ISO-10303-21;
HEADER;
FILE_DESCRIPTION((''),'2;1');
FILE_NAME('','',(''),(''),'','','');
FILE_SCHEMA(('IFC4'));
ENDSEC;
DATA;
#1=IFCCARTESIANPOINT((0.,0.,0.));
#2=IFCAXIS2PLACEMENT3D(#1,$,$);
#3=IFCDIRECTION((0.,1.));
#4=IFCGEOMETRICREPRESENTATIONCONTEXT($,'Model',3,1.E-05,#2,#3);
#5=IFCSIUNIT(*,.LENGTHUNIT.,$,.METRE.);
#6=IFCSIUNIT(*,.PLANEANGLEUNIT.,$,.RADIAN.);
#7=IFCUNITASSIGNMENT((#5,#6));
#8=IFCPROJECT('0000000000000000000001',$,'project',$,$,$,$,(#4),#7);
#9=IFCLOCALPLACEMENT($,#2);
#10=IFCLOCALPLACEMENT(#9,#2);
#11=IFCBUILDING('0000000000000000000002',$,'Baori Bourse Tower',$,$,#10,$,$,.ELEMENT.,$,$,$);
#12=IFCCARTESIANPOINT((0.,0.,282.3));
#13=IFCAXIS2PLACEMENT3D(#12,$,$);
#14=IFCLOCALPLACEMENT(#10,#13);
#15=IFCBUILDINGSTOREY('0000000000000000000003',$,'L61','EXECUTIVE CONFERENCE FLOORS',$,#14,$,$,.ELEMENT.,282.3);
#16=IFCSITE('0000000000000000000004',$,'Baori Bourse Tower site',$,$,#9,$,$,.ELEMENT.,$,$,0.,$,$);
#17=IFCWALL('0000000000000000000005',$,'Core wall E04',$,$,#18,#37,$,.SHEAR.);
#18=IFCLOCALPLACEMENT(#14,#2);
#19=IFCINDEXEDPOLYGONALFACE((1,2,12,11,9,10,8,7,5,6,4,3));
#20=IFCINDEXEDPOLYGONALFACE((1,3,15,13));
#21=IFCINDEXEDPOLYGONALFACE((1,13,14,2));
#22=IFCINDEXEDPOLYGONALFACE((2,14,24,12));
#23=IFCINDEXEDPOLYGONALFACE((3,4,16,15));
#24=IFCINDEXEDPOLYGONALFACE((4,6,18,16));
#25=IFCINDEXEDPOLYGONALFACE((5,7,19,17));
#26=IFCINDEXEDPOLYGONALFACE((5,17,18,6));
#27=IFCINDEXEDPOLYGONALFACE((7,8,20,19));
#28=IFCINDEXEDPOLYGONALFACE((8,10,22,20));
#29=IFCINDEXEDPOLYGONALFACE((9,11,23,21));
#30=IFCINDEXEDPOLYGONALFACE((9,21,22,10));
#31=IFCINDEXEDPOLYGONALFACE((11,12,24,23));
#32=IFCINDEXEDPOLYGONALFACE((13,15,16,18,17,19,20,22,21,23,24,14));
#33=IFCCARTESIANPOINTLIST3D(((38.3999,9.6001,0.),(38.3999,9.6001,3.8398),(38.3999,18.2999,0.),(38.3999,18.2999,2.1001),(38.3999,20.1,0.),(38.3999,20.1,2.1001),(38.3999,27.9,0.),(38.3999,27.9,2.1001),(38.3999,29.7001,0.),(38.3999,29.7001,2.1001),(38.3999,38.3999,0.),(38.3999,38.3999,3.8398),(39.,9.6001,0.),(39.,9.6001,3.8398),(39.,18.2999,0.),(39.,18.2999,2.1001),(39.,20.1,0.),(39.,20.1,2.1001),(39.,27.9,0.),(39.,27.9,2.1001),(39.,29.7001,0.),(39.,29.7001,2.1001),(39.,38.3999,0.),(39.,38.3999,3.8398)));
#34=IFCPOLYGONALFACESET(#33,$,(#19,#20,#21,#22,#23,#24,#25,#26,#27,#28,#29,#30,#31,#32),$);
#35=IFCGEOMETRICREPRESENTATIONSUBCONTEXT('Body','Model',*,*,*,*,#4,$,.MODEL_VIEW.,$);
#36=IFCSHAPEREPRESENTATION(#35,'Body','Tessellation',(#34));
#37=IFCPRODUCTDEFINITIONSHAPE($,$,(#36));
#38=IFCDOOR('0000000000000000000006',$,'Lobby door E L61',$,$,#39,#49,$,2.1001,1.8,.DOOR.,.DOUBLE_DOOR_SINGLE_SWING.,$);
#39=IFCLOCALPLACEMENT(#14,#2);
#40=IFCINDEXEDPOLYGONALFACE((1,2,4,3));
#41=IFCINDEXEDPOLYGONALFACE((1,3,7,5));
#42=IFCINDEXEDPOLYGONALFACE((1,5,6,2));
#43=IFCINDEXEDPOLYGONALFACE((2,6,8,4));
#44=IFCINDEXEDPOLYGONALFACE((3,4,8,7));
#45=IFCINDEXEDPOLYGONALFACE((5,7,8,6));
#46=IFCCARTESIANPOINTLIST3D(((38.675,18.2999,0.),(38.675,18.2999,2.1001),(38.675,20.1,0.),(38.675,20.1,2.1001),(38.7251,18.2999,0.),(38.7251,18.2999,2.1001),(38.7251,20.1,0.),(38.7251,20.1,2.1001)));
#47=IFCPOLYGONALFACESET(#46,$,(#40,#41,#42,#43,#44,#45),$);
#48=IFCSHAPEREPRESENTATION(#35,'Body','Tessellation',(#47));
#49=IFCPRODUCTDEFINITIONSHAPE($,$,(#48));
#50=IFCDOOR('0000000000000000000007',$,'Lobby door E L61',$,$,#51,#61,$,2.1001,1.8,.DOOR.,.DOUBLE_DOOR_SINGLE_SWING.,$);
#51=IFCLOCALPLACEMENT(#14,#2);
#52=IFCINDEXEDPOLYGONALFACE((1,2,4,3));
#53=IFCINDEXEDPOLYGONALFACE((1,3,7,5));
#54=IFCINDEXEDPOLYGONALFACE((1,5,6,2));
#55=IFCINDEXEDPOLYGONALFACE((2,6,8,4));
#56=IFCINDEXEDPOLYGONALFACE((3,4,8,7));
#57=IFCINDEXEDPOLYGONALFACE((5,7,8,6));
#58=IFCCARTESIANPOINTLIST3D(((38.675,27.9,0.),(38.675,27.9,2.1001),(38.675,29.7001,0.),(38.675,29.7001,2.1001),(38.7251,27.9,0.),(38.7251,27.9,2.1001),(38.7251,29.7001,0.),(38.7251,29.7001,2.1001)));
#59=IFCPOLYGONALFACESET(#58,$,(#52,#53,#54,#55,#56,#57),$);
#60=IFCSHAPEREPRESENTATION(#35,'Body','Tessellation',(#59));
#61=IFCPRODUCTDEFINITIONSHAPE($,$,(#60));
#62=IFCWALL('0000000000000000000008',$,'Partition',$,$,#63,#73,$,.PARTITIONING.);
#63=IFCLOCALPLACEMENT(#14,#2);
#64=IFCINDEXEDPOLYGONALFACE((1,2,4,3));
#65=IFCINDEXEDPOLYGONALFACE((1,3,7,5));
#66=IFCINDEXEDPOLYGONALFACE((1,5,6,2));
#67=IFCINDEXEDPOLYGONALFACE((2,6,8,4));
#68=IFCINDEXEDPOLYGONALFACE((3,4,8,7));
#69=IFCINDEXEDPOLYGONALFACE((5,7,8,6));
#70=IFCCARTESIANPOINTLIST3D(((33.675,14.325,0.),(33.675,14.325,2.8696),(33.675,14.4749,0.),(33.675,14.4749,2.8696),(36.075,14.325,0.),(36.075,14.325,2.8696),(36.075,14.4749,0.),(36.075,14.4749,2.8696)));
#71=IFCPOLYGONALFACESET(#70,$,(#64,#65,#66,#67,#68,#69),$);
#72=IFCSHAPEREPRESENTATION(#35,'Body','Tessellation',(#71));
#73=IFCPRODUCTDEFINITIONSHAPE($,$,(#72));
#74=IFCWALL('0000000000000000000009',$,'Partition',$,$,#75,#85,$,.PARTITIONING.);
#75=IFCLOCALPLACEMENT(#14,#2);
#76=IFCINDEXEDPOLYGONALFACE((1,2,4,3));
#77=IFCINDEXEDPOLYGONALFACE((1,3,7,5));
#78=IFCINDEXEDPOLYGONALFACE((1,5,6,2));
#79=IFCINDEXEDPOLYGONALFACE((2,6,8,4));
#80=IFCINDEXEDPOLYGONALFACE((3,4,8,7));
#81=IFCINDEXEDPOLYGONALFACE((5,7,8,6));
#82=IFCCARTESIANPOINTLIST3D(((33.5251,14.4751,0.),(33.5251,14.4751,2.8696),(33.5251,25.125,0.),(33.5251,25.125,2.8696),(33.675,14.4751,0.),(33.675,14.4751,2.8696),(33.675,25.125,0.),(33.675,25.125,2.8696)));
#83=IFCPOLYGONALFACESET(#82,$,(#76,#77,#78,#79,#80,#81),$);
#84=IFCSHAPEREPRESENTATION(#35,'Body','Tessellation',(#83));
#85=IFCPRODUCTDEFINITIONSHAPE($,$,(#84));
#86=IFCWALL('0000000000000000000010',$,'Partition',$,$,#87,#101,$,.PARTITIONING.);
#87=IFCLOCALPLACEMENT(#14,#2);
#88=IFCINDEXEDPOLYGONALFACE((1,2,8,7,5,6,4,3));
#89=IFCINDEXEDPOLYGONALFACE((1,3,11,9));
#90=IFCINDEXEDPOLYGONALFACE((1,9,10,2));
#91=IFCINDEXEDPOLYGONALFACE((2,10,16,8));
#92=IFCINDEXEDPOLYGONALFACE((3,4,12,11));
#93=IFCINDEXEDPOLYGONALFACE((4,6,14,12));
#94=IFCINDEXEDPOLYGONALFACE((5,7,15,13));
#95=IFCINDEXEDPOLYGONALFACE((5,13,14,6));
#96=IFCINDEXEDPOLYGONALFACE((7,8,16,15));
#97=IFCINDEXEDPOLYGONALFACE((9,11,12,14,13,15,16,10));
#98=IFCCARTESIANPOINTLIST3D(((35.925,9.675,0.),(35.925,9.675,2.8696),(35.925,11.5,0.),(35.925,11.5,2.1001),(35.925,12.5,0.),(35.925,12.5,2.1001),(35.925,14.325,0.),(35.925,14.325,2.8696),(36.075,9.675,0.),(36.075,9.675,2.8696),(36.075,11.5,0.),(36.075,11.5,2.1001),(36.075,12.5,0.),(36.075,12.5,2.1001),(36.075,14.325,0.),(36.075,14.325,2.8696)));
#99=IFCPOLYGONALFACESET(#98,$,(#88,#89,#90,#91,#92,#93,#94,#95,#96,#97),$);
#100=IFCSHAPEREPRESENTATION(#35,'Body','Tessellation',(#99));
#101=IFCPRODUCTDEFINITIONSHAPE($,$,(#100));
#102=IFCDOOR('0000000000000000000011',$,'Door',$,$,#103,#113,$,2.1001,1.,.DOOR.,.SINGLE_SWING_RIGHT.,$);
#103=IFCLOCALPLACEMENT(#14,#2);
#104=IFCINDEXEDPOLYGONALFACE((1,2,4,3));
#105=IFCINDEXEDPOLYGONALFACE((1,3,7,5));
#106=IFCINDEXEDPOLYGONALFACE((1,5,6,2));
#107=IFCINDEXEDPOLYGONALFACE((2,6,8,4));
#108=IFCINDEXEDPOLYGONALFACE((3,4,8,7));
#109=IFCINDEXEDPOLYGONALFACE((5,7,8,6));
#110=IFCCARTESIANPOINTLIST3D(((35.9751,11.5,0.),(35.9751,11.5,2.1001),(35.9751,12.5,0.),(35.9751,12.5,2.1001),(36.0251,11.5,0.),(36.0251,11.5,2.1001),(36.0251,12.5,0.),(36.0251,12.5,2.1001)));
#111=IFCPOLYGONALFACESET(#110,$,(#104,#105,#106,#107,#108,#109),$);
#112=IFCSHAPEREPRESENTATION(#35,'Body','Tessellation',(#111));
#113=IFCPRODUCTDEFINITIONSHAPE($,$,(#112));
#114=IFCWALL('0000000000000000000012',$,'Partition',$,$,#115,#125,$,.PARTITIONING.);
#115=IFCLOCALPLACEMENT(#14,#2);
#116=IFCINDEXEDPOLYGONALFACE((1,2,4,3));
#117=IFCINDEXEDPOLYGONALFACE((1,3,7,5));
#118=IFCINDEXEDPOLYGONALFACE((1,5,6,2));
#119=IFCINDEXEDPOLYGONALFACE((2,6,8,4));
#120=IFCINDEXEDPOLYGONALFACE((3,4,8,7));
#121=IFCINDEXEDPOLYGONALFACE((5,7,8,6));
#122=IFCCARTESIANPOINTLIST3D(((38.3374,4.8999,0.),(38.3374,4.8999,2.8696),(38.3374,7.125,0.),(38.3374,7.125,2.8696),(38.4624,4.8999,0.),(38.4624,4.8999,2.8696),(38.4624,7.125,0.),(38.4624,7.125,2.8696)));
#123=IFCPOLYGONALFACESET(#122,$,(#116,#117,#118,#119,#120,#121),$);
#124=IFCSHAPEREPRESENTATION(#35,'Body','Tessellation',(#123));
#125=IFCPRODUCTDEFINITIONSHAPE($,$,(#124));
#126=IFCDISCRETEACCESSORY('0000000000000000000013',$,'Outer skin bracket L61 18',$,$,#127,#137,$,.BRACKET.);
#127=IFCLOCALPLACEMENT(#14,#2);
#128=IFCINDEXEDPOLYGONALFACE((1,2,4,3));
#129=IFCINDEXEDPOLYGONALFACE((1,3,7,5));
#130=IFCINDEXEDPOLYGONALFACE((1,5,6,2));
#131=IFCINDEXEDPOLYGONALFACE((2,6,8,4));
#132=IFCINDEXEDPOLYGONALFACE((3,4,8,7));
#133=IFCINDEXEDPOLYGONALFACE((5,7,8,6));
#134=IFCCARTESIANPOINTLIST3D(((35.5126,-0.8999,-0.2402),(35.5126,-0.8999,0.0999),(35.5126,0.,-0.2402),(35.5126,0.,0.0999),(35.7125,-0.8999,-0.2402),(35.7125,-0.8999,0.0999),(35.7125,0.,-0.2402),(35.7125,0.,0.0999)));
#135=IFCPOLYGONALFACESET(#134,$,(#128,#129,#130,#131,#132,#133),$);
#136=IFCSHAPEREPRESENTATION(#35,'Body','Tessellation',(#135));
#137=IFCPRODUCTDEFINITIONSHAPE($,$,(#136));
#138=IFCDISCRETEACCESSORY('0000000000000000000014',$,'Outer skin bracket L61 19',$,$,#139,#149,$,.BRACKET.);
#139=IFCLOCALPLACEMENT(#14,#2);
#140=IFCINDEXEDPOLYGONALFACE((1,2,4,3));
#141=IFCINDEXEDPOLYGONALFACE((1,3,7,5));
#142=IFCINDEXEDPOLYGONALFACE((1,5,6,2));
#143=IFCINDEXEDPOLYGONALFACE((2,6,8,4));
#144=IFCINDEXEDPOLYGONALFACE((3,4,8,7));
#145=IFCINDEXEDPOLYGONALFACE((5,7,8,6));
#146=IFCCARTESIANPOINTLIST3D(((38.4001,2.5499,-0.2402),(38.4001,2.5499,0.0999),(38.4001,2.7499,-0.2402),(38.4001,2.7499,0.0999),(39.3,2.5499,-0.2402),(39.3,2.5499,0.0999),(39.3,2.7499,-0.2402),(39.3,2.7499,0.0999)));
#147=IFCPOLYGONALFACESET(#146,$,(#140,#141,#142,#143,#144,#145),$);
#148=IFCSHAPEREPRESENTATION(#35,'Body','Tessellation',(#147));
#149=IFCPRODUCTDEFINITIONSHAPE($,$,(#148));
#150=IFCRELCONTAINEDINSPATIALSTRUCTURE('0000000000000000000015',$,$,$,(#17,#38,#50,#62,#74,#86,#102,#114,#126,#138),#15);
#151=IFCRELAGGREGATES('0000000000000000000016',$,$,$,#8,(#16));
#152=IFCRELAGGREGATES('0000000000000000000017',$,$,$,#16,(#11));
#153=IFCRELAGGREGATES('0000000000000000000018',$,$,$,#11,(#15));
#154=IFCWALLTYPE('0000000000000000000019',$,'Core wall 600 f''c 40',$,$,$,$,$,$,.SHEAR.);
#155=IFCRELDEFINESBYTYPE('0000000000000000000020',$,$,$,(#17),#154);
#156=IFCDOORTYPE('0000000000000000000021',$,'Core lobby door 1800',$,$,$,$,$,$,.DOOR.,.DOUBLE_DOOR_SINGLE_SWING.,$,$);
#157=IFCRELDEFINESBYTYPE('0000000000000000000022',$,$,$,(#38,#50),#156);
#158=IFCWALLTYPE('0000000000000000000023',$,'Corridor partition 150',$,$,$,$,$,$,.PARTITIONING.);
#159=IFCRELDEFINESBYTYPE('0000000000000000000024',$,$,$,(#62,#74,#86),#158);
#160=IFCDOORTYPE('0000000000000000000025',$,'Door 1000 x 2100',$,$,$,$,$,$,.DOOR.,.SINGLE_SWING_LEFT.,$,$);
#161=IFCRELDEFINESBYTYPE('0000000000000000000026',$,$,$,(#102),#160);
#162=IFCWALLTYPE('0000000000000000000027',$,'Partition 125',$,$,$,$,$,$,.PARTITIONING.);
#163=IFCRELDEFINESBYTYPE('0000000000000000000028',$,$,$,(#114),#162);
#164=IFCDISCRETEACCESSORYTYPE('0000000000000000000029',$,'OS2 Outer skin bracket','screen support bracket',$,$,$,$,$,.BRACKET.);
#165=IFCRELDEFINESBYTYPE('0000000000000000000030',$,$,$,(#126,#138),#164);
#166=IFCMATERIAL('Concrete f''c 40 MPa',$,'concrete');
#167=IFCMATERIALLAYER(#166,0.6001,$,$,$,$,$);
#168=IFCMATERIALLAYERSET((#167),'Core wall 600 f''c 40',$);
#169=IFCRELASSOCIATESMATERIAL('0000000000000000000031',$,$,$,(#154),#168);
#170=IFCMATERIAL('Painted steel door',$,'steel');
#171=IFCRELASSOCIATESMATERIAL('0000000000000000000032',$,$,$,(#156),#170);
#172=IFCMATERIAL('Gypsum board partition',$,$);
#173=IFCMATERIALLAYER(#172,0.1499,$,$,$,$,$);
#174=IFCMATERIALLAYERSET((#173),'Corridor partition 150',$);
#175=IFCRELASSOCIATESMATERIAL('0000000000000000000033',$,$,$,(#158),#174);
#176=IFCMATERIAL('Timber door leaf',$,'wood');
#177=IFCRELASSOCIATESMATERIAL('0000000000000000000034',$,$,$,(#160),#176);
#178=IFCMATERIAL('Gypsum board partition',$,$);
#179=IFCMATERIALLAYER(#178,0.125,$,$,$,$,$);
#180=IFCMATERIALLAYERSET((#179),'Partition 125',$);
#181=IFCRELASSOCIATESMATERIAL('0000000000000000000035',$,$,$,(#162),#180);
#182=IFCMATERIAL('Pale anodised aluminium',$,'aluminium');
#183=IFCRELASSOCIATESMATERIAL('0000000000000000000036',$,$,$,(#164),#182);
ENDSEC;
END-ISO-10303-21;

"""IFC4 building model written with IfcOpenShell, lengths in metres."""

from ifc_helpers import new_model, si_unit, direction, frame, frame_2d, origin, origin_2d, place, context, subcontext, project, spatial, rectangle, extrude, material, layer, layer_set, type_object, element, fill, save


model = new_model("IFC4")

# Units and contexts
model_context = context("Model", 3, precision=1e-05, world=origin(), true_north=direction((0.0, 1.0)))
body_context = subcontext(model_context, "Body", "Model", "MODEL_VIEW")
ifc_project = project(units=[si_unit("LENGTHUNIT", "METRE"), si_unit("PLANEANGLEUNIT", "RADIAN")], contexts=[model_context])

# Site, building, storey
site_placement = place(None, origin())
site = spatial("IfcSite", under=ifc_project, at=site_placement, Name="Baori Bourse Tower site", CompositionType="ELEMENT", RefElevation=0.0)
building_placement = place(site_placement, origin())
building = spatial("IfcBuilding", under=site, at=building_placement, Name="Baori Bourse Tower", CompositionType="ELEMENT")
storey_placement = place(building_placement, frame((0.0, 0.0, 282.3)))
storey = spatial("IfcBuildingStorey", under=building, at=storey_placement, Name="L61", Description="EXECUTIVE CONFERENCE FLOORS", CompositionType="ELEMENT", Elevation=282.3)

# Wall, openings, doors
ifc_material_1 = material(Name="Concrete f'c 40 MPa", Category="concrete")
ifc_layer_1 = layer(ifc_material_1, 0.6001)
ifc_layer_set_1 = layer_set([ifc_layer_1], Name="Core wall 600 f'c 40")
wall_type_1 = type_object("IfcWallType", Name="Core wall 600 f'c 40", PredefinedType="SHEAR", material=ifc_layer_set_1)
wall_1_placement = place(storey_placement, frame((38.7, 9.6001, 0.0), z_axis=(0.0, 0.0, 1.0), x_axis=(0.0, 1.0, 0.0)))
wall_1 = element("IfcWall", 1, at=wall_1_placement, inside=storey, type_object=wall_type_1, Name="Core wall E04", PredefinedType="SHEAR", context=body_context, shape_type="SweptSolid", body=[
    extrude(rectangle(XDim=28.7998, YDim=0.6001, at=frame_2d((14.3999, 0.0))), origin(), (0.0, 0.0, 1.0), 3.8398),
])
opening_1_placement = place(wall_1_placement, frame((8.7, 0.0, 0.0)))
opening_1 = element("IfcOpeningElement", 2, at=opening_1_placement, cuts=wall_1, PredefinedType="OPENING", context=body_context, shape_type="SweptSolid", body=[
    extrude(rectangle(XDim=1.8, YDim=2.1001, at=frame_2d((0.8999, 1.05))), frame((0.0, 0.3101, 0.0), z_axis=(0.0, -1.0, 0.0), x_axis=(1.0, 0.0, 0.0)), (0.0, 0.0, 1.0), 0.6201),
])
opening_2_placement = place(wall_1_placement, frame((18.3, 0.0, 0.0)))
opening_2 = element("IfcOpeningElement", 3, at=opening_2_placement, cuts=wall_1, PredefinedType="OPENING", context=body_context, shape_type="SweptSolid", body=[
    extrude(rectangle(XDim=1.8, YDim=2.1001, at=frame_2d((0.8999, 1.05))), frame((0.0, 0.3101, 0.0), z_axis=(0.0, -1.0, 0.0), x_axis=(1.0, 0.0, 0.0)), (0.0, 0.0, 1.0), 0.6201),
])
ifc_material_2 = material(Name="Painted steel door", Category="steel")
door_type_1 = type_object("IfcDoorType", Name="Core lobby door 1800", OperationType="DOUBLE_DOOR_SINGLE_SWING", PredefinedType="DOOR", material=ifc_material_2)
door_1_placement = place(opening_1_placement, origin())
door_1 = element("IfcDoor", 4, at=door_1_placement, inside=storey, type_object=door_type_1, Name="Lobby door E L61", OperationType="DOUBLE_DOOR_SINGLE_SWING", OverallHeight=2.1001, OverallWidth=1.8, PredefinedType="DOOR", context=body_context, shape_type="SweptSolid", body=[
    extrude(rectangle(XDim=1.8, YDim=2.1001, at=frame_2d((0.8999, 1.05))), frame((0.0, 0.0249, 0.0), z_axis=(0.0, -1.0, 0.0), x_axis=(1.0, 0.0, 0.0)), (0.0, 0.0, 1.0), 0.05),
])
fill(opening_1, door_1)
door_2_placement = place(opening_2_placement, origin())
door_2 = element("IfcDoor", 5, at=door_2_placement, inside=storey, type_object=door_type_1, Name="Lobby door E L61", OperationType="DOUBLE_DOOR_SINGLE_SWING", OverallHeight=2.1001, OverallWidth=1.8, PredefinedType="DOOR", context=body_context, shape_type="SweptSolid", body=[
    extrude(rectangle(XDim=1.8, YDim=2.1001, at=frame_2d((0.8999, 1.05))), frame((0.0, 0.0249, 0.0), z_axis=(0.0, -1.0, 0.0), x_axis=(1.0, 0.0, 0.0)), (0.0, 0.0, 1.0), 0.05),
])
fill(opening_2, door_2)

# Walls
ifc_material_3 = material(Name="Gypsum board partition")
ifc_layer_2 = layer(ifc_material_3, 0.1499)
ifc_layer_set_2 = layer_set([ifc_layer_2], Name="Corridor partition 150")
wall_type_2 = type_object("IfcWallType", Name="Corridor partition 150", PredefinedType="PARTITIONING", material=ifc_layer_set_2)
wall_2_placement = place(storey_placement, frame((33.675, 14.3999, 0.0), z_axis=(0.0, 0.0, 1.0), x_axis=(1.0, 0.0, 0.0)))
element("IfcWall", 6, at=wall_2_placement, inside=storey, type_object=wall_type_2, Name="Partition", PredefinedType="PARTITIONING", context=body_context, shape_type="SweptSolid", body=[
    extrude(rectangle(XDim=2.3999, YDim=0.1499, at=frame_2d((1.2, 0.0))), origin(), (0.0, 0.0, 1.0), 2.8696),
])
wall_3_placement = place(storey_placement, frame((33.6001, 14.4751, 0.0), z_axis=(0.0, 0.0, 1.0), x_axis=(0.0, 1.0, 0.0)))
element("IfcWall", 7, at=wall_3_placement, inside=storey, type_object=wall_type_2, Name="Partition", PredefinedType="PARTITIONING", context=body_context, shape_type="SweptSolid", body=[
    extrude(rectangle(XDim=10.6499, YDim=0.1499, at=frame_2d((5.325, 0.0))), origin(), (0.0, 0.0, 1.0), 2.8696),
])

# Wall, opening, door
wall_4_placement = place(storey_placement, frame((36.0, 9.675, 0.0), z_axis=(0.0, 0.0, 1.0), x_axis=(0.0, 1.0, 0.0)))
wall_4 = element("IfcWall", 8, at=wall_4_placement, inside=storey, type_object=wall_type_2, Name="Partition", PredefinedType="PARTITIONING", context=body_context, shape_type="SweptSolid", body=[
    extrude(rectangle(XDim=4.6499, YDim=0.1499, at=frame_2d((2.325, 0.0))), origin(), (0.0, 0.0, 1.0), 2.8696),
])
opening_3_placement = place(wall_4_placement, frame((1.825, 0.0, 0.0)))
opening_3 = element("IfcOpeningElement", 9, at=opening_3_placement, cuts=wall_4, PredefinedType="OPENING", context=body_context, shape_type="SweptSolid", body=[
    extrude(rectangle(XDim=1.0, YDim=2.1001, at=frame_2d((0.5, 1.05))), frame((0.0, 0.085, 0.0), z_axis=(0.0, -1.0, 0.0), x_axis=(1.0, 0.0, 0.0)), (0.0, 0.0, 1.0), 0.1699),
])
ifc_material_4 = material(Name="Timber door leaf", Category="wood")
door_type_2 = type_object("IfcDoorType", Name="Door 1000 x 2100", OperationType="SINGLE_SWING_LEFT", PredefinedType="DOOR", material=ifc_material_4)
door_3_placement = place(opening_3_placement, origin())
door_3 = element("IfcDoor", 10, at=door_3_placement, inside=storey, type_object=door_type_2, Name="Door", OperationType="SINGLE_SWING_RIGHT", OverallHeight=2.1001, OverallWidth=1.0, PredefinedType="DOOR", context=body_context, shape_type="SweptSolid", body=[
    extrude(rectangle(XDim=1.0, YDim=2.1001, at=frame_2d((0.5, 1.05))), frame((0.0, 0.0249, 0.0), z_axis=(0.0, -1.0, 0.0), x_axis=(1.0, 0.0, 0.0)), (0.0, 0.0, 1.0), 0.05),
])
fill(opening_3, door_3)

# Wall
ifc_material_5 = material(Name="Gypsum board partition")
ifc_layer_3 = layer(ifc_material_5, 0.125)
ifc_layer_set_3 = layer_set([ifc_layer_3], Name="Partition 125")
wall_type_3 = type_object("IfcWallType", Name="Partition 125", PredefinedType="PARTITIONING", material=ifc_layer_set_3)
wall_5_placement = place(storey_placement, frame((38.3999, 4.8999, 0.0), z_axis=(0.0, 0.0, 1.0), x_axis=(0.0, 1.0, 0.0)))
element("IfcWall", 11, at=wall_5_placement, inside=storey, type_object=wall_type_3, Name="Partition", PredefinedType="PARTITIONING", context=body_context, shape_type="SweptSolid", body=[
    extrude(rectangle(XDim=2.2251, YDim=0.125, at=frame_2d((1.1125, 0.0))), origin(), (0.0, 0.0, 1.0), 2.8696),
])

# Discrete accessories
ifc_material_6 = material(Name="Pale anodised aluminium", Category="aluminium")
discrete_accessory_type = type_object("IfcDiscreteAccessoryType", Name="OS2 Outer skin bracket", Description="screen support bracket", PredefinedType="BRACKET", material=ifc_material_6)
for number, where, z_axis, x_axis, name in (
    (12, (35.6125, -0.45, -0.2402), (0.0, 0.0, 1.0), (1.0, 0.0, 0.0), "Outer skin bracket L61 18"),
    (13, (38.8501, 2.6499, -0.2402), (0.0, 0.0, 1.0), (0.0, 1.0, 0.0), "Outer skin bracket L61 19"),
):
    element("IfcDiscreteAccessory", number, at=place(storey_placement, frame(where, z_axis=z_axis, x_axis=x_axis)), inside=storey, type_object=discrete_accessory_type, Name=name, PredefinedType="BRACKET", context=body_context, shape_type="SweptSolid", body=[
        extrude(rectangle(XDim=0.2, YDim=0.8999, at=origin_2d()), origin(), (0.0, 0.0, 1.0), 0.3401),
    ])

save(model, "model.ifc")
